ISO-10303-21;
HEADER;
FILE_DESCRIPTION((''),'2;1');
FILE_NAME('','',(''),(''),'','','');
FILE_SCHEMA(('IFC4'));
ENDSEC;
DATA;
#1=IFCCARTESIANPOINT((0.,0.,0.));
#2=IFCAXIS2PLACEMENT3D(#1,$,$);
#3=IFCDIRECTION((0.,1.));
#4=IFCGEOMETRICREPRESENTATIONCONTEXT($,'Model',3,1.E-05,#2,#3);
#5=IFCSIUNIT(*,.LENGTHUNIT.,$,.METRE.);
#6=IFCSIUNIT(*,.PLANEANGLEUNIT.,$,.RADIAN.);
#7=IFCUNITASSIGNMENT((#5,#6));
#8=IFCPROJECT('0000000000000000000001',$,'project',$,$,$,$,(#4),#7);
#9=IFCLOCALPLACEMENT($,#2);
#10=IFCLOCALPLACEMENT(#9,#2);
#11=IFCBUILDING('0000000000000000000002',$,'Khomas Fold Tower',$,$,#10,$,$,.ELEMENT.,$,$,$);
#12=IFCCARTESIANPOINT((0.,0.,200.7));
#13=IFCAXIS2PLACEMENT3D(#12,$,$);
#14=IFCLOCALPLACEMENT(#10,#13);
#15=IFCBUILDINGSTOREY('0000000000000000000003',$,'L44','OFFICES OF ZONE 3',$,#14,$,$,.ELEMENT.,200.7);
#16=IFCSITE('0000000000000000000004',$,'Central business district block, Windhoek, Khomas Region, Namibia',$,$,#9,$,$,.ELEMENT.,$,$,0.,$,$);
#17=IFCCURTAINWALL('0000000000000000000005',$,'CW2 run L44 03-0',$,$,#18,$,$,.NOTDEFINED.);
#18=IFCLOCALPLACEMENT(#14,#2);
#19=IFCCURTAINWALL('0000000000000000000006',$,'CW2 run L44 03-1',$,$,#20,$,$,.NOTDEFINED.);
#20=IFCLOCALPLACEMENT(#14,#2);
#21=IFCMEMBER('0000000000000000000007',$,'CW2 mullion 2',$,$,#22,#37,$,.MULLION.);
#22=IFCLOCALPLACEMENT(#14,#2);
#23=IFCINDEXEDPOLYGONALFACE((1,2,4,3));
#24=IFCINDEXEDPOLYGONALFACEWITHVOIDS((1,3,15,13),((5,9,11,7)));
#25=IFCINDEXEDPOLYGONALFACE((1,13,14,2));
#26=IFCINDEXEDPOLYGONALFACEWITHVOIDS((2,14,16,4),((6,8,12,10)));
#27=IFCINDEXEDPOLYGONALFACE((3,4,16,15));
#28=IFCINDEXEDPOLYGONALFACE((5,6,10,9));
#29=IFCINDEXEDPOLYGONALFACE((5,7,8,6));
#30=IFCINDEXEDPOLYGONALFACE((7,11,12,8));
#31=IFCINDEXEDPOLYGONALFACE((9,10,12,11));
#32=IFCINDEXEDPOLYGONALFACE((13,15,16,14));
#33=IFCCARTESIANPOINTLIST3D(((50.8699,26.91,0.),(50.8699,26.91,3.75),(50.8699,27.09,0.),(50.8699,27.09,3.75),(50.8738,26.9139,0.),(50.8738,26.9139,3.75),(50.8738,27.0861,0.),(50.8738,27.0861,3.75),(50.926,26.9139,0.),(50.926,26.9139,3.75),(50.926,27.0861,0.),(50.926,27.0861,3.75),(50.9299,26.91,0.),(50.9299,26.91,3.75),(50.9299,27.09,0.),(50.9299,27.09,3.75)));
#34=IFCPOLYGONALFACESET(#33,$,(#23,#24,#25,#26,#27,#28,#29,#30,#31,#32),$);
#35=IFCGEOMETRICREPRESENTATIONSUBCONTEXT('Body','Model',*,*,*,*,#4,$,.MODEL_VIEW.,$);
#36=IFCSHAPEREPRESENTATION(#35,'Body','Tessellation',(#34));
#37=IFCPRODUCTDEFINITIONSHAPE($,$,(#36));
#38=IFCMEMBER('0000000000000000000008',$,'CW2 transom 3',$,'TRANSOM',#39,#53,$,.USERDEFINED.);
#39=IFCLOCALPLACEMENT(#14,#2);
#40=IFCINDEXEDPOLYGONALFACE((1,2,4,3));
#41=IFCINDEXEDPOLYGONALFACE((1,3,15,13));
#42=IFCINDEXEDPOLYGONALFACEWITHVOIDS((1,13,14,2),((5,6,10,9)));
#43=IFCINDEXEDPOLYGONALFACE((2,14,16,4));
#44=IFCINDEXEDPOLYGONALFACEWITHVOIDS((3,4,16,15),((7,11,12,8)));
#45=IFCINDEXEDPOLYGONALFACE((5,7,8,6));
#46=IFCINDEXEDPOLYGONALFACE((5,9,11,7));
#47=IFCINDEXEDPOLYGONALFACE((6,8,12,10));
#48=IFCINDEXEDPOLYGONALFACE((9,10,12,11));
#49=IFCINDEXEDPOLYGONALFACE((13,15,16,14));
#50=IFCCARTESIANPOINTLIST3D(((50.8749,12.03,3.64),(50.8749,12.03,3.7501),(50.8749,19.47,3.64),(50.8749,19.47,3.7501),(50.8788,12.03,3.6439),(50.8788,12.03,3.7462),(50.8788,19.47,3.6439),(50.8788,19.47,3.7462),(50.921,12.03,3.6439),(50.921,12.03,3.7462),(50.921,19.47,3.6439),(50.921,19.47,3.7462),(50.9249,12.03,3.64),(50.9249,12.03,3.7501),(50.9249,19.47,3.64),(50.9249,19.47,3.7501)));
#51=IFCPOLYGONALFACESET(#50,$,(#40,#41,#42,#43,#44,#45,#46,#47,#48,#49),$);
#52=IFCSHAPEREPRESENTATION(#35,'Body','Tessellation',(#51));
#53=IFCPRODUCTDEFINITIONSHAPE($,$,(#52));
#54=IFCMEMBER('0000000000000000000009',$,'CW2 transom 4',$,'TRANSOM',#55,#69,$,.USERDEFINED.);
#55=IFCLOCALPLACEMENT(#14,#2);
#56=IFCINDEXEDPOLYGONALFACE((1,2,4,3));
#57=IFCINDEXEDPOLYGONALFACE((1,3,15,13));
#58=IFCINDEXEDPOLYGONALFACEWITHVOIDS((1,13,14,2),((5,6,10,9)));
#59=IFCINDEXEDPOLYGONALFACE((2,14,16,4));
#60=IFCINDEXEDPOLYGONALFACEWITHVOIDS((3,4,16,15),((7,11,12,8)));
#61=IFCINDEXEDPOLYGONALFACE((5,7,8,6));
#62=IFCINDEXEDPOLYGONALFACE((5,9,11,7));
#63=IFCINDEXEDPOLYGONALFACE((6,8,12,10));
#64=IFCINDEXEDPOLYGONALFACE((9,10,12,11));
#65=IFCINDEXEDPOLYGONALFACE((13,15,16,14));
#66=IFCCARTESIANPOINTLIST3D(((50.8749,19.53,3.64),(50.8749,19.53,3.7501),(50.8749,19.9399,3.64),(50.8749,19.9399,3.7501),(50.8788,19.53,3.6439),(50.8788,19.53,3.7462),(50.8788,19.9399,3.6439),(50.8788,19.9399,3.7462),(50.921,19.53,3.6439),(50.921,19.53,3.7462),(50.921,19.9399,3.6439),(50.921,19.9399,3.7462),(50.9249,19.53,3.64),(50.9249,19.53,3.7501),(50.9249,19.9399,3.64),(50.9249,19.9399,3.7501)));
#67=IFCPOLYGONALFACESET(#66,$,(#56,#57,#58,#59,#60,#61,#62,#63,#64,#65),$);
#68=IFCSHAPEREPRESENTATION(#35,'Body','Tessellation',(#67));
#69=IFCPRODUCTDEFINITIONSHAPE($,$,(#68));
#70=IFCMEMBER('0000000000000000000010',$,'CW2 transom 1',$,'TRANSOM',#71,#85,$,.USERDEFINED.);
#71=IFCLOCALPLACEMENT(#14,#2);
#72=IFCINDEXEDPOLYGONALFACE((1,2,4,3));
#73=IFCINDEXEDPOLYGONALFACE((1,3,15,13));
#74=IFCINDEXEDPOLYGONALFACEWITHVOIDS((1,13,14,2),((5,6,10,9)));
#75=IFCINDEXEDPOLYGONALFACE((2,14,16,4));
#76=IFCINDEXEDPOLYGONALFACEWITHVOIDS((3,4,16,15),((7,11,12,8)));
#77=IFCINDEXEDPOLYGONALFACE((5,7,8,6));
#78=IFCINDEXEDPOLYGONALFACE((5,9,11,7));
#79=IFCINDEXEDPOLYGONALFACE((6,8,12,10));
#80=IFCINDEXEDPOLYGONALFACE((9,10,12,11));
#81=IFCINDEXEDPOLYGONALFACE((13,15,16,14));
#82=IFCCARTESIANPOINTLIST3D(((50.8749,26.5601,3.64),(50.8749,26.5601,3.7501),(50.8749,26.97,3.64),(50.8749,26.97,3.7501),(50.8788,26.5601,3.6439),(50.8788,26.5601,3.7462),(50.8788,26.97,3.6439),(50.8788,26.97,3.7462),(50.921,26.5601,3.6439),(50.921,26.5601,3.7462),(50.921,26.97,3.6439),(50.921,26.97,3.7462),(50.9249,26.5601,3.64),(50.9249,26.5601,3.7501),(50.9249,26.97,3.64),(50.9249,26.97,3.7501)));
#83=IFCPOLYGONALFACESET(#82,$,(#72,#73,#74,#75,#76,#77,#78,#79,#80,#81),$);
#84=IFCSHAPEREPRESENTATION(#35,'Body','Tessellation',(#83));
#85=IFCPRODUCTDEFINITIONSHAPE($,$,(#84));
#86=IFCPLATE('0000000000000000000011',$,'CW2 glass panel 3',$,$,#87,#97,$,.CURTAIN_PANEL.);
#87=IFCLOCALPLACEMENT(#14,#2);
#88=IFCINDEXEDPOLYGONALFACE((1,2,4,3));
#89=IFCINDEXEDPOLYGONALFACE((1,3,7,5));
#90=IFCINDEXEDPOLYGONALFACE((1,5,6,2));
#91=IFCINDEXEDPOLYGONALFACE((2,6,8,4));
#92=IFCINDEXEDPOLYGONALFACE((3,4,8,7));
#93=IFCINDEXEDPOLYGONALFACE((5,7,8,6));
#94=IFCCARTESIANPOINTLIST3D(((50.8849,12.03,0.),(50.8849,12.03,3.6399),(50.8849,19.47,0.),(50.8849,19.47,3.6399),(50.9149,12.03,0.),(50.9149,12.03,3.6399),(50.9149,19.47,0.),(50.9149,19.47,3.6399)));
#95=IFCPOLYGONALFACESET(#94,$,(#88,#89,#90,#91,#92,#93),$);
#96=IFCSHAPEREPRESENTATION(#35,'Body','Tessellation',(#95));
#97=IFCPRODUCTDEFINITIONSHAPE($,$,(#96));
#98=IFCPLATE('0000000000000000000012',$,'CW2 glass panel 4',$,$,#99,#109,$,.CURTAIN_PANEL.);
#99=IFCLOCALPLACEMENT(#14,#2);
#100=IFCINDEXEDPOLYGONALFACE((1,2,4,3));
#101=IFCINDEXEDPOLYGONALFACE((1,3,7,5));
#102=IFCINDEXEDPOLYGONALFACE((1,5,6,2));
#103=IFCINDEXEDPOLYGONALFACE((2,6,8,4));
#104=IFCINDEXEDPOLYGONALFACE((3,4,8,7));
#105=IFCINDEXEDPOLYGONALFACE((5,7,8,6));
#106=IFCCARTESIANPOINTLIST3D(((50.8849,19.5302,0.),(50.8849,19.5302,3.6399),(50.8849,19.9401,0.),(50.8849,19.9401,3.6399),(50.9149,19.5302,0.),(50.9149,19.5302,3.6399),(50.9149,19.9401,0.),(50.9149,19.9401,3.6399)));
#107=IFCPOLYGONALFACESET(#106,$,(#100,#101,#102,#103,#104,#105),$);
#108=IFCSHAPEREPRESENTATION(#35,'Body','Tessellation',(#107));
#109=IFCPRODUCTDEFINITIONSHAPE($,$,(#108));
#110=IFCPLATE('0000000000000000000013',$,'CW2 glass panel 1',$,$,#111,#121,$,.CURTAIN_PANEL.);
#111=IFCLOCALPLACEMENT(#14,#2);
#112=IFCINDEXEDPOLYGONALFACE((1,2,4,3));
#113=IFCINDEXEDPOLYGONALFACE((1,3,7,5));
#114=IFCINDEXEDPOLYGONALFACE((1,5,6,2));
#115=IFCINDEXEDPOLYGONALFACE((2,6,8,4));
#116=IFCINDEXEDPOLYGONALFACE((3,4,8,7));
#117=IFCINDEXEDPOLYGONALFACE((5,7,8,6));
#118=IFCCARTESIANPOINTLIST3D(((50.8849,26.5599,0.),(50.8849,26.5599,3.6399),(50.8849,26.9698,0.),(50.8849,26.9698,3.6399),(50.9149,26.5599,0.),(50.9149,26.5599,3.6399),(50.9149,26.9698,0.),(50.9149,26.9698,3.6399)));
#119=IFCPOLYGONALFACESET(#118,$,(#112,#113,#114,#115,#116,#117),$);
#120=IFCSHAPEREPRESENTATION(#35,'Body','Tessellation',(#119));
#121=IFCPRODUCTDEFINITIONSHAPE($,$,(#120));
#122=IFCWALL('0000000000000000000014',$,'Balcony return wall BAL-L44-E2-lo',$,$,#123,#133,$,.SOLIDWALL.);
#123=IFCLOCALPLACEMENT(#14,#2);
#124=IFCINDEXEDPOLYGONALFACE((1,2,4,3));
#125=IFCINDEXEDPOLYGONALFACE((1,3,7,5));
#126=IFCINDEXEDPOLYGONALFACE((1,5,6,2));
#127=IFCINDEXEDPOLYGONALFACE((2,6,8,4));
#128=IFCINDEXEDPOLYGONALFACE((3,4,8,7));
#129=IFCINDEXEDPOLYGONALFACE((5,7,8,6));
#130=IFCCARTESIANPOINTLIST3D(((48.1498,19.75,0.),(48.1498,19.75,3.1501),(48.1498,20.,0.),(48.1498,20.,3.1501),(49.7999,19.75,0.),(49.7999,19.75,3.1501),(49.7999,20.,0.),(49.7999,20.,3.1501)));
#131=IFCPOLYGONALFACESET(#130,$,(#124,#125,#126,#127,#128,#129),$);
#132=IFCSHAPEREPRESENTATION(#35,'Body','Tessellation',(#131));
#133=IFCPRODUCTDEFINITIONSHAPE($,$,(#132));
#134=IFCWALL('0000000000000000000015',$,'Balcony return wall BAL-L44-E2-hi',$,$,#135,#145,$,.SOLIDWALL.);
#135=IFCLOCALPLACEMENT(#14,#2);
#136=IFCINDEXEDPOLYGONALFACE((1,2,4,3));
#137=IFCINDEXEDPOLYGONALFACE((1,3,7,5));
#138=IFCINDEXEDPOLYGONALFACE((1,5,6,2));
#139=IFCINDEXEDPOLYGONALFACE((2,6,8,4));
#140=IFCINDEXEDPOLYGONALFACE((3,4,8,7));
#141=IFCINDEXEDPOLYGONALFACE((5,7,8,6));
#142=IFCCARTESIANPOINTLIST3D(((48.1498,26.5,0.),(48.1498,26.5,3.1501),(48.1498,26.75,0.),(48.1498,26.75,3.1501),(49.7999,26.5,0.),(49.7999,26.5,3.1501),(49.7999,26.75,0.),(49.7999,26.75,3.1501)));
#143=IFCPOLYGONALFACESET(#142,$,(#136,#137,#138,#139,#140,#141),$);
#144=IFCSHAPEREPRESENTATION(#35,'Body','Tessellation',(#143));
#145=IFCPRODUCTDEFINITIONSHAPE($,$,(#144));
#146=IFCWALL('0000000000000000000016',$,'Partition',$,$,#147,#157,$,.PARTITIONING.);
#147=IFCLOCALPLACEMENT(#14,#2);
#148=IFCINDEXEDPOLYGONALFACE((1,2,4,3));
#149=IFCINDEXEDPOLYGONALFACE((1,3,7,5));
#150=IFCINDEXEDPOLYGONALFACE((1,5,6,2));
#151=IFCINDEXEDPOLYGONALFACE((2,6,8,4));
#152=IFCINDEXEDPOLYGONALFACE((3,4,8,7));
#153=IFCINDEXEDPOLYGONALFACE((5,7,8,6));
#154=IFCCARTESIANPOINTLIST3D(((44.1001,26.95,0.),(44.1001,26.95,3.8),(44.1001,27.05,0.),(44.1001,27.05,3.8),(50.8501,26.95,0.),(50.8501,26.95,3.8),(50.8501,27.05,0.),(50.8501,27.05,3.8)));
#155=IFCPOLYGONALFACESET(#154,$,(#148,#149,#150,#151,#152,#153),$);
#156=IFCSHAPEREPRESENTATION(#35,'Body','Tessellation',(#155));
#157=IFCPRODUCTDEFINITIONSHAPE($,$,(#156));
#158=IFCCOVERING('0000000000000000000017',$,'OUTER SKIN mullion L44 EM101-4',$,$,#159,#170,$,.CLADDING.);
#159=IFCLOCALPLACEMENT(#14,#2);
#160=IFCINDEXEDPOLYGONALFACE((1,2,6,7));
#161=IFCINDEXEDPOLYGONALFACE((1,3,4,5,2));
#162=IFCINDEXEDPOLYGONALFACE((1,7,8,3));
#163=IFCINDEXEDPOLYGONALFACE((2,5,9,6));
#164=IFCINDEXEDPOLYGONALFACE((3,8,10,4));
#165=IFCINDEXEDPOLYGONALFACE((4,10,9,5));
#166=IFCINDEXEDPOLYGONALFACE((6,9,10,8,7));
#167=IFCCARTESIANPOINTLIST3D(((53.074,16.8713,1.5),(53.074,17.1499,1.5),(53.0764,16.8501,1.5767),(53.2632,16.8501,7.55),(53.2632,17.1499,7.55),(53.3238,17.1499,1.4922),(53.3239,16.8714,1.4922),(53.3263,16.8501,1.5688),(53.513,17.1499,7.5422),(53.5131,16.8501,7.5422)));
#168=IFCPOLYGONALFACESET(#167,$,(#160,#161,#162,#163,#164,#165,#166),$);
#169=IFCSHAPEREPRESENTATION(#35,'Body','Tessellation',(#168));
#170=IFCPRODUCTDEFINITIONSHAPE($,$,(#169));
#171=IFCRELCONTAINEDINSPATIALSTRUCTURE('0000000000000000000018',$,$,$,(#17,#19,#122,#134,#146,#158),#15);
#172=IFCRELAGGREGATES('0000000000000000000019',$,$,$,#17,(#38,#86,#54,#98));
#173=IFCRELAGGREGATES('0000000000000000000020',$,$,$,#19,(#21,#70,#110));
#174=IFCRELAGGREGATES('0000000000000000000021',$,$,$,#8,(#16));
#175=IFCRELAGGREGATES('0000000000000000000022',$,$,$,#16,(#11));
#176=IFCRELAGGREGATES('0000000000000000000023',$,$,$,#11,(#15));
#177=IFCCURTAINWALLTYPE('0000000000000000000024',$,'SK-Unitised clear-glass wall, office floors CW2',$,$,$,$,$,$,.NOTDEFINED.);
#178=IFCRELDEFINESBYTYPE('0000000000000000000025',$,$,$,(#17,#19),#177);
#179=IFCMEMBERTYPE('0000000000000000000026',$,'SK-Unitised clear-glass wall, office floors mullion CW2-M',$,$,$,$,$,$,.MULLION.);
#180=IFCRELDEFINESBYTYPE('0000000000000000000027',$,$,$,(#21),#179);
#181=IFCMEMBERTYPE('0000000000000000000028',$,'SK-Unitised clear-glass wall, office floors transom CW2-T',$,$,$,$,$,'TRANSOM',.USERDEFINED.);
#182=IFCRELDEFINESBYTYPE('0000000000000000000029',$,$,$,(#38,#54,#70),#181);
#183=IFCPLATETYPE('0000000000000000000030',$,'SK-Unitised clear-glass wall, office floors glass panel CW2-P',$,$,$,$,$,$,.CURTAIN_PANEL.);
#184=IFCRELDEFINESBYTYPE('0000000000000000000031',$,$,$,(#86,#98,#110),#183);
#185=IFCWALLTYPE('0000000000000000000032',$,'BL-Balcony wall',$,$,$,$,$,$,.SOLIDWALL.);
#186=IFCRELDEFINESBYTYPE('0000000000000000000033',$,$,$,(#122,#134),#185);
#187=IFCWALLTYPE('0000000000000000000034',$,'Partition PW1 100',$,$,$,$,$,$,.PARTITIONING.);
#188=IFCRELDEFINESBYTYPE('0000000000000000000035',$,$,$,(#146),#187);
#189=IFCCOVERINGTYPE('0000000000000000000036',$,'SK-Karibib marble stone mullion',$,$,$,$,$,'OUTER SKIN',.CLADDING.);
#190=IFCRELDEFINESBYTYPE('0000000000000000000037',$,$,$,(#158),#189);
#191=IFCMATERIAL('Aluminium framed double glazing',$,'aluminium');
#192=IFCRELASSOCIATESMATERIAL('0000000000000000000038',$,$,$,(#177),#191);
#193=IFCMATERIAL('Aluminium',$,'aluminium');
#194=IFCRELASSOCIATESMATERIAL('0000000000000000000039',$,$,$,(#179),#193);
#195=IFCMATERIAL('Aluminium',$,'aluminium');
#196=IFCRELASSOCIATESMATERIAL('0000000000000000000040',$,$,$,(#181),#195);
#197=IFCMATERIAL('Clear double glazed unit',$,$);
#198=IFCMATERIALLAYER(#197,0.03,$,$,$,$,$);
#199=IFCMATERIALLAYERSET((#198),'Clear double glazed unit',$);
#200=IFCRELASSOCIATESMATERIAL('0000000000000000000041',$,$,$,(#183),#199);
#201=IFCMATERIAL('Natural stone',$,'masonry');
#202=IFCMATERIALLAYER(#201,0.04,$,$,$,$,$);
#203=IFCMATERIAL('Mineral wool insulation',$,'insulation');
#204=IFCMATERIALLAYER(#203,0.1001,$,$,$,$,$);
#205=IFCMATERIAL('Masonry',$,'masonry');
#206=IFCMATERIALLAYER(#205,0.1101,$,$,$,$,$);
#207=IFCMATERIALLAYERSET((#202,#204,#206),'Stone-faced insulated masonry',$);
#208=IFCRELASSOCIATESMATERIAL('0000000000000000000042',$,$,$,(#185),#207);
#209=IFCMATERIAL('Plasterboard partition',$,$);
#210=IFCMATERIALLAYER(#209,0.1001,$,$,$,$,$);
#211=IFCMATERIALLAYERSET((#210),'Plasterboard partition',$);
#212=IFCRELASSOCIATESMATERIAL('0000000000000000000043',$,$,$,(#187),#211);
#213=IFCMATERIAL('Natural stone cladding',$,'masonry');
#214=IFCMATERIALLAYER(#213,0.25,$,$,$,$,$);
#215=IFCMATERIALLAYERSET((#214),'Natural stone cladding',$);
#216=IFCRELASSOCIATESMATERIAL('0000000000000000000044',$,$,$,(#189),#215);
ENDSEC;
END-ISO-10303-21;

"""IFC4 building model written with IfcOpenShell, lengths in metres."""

from ifc_helpers import new_model, si_unit, direction, frame, frame_2d, origin, origin_2d, place, context, subcontext, project, spatial, polyline, rectangle, hollow_rectangle, outline, extrude, source, transform, mapped, material, layer, layer_set, material_profile, profile_set, type_object, element, aggregate, save


model = new_model("IFC4")

# Units and contexts
model_context = context("Model", 3, precision=1e-05, world=origin(), true_north=direction((0.0, 1.0)))
body_context = subcontext(model_context, "Body", "Model", "MODEL_VIEW")
ifc_project = project(units=[si_unit("LENGTHUNIT", "METRE"), si_unit("PLANEANGLEUNIT", "RADIAN")], contexts=[model_context])

# Site, building, storey
site_placement = place(None, origin())
site = spatial("IfcSite", under=ifc_project, at=site_placement, Name="Central business district block, Windhoek, Khomas Region, Namibia", CompositionType="ELEMENT", RefElevation=0.0)
building_placement = place(site_placement, origin())
building = spatial("IfcBuilding", under=site, at=building_placement, Name="Khomas Fold Tower", CompositionType="ELEMENT")
storey_placement = place(building_placement, frame((0.0, 0.0, 200.7)))
storey = spatial("IfcBuildingStorey", under=building, at=storey_placement, Name="L44", Description="OFFICES OF ZONE 3", CompositionType="ELEMENT", Elevation=200.7)

# Curtain walls, member
ifc_material_1 = material(Name="Aluminium framed double glazing", Category="aluminium")
curtain_wall_type = type_object("IfcCurtainWallType", Name="SK-Unitised clear-glass wall, office floors CW2", PredefinedType="NOTDEFINED", material=ifc_material_1)
curtain_wall_1_placement = place(storey_placement, origin())
curtain_wall_1 = element("IfcCurtainWall", 1, at=curtain_wall_1_placement, inside=storey, type_object=curtain_wall_type, Name="CW2 run L44 03-0", PredefinedType="NOTDEFINED")
ifc_material_2 = material(Name="Aluminium", Category="aluminium")
ifc_material_profile_1 = material_profile(ifc_material_2, hollow_rectangle(XDim=0.0601, YDim=0.1799, WallThickness=0.0039, at=origin_2d()), Name="SK-Unitised clear-glass wall, office floors mullion CW2-M")
ifc_profile_set_1 = profile_set([ifc_material_profile_1], Name="Aluminium")
member_type_1 = type_object("IfcMemberType", Name="SK-Unitised clear-glass wall, office floors mullion CW2-M", PredefinedType="MULLION", material=ifc_profile_set_1)
shared_shape_1 = source(origin(), body_context, "Body", "SweptSolid", [
    extrude(hollow_rectangle(XDim=0.0601, YDim=0.1799, WallThickness=0.0039, at=origin_2d()), origin(), (0.0, 0.0, 1.0), 3.75),
])
curtain_wall_2_placement = place(storey_placement, origin())
curtain_wall_2 = element("IfcCurtainWall", 2, at=curtain_wall_2_placement, inside=storey, type_object=curtain_wall_type, Name="CW2 run L44 03-1", PredefinedType="NOTDEFINED")
member_1_placement = place(storey_placement, frame((50.8999, 27.0, 0.0), z_axis=(0.0, 0.0, 1.0), x_axis=(-1.0, 0.0, 0.0)))
member_1 = element("IfcMember", 3, at=member_1_placement, type_object=member_type_1, Name="CW2 mullion 2", PredefinedType="MULLION", context=body_context, shape_type="MappedRepresentation", body=[
    mapped(shared_shape_1, transform((0.0, 0.0, 0.0))),
])

# Members
ifc_material_3 = material(Name="Aluminium", Category="aluminium")
ifc_material_profile_2 = material_profile(ifc_material_3, hollow_rectangle(XDim=0.05, YDim=0.1101, WallThickness=0.0039, at=origin_2d()), Name="SK-Unitised clear-glass wall, office floors transom CW2-T")
ifc_profile_set_2 = profile_set([ifc_material_profile_2], Name="Aluminium")
member_type_2 = type_object("IfcMemberType", Name="SK-Unitised clear-glass wall, office floors transom CW2-T", ElementType="TRANSOM", PredefinedType="USERDEFINED", material=ifc_profile_set_2)
shared_shape_2 = source(origin(), body_context, "Body", "SweptSolid", [
    extrude(hollow_rectangle(XDim=0.05, YDim=0.1101, WallThickness=0.0039, at=origin_2d()), origin(), (0.0, 0.0, 1.0), 7.4399),
])
member_2_placement = place(storey_placement, frame((50.8999, 12.03, 3.6951), z_axis=(0.0, 1.0, 0.0), x_axis=(-1.0, 0.0, 0.0)))
member_2 = element("IfcMember", 4, at=member_2_placement, type_object=member_type_2, Name="CW2 transom 3", ObjectType="TRANSOM", PredefinedType="USERDEFINED", context=body_context, shape_type="MappedRepresentation", body=[
    mapped(shared_shape_2, transform((0.0, 0.0, 0.0))),
])
shared_shape_3 = source(origin(), body_context, "Body", "SweptSolid", [
    extrude(hollow_rectangle(XDim=0.05, YDim=0.1101, WallThickness=0.0039, at=origin_2d()), origin(), (0.0, 0.0, 1.0), 0.4099),
])
member_3_placement = place(storey_placement, frame((50.8999, 19.53, 3.6951), z_axis=(0.0, 1.0, 0.0), x_axis=(-1.0, 0.0, 0.0)))
member_3 = element("IfcMember", 5, at=member_3_placement, type_object=member_type_2, Name="CW2 transom 4", ObjectType="TRANSOM", PredefinedType="USERDEFINED", context=body_context, shape_type="MappedRepresentation", body=[
    mapped(shared_shape_3, transform((0.0, 0.0, 0.0))),
])
member_4_placement = place(storey_placement, frame((50.8999, 26.5601, 3.6951), z_axis=(0.0, 1.0, 0.0), x_axis=(-1.0, 0.0, 0.0)))
member_4 = element("IfcMember", 6, at=member_4_placement, type_object=member_type_2, Name="CW2 transom 1", ObjectType="TRANSOM", PredefinedType="USERDEFINED", context=body_context, shape_type="MappedRepresentation", body=[
    mapped(shared_shape_3, transform((0.0, 0.0, 0.0))),
])

# Plates
ifc_material_4 = material(Name="Clear double glazed unit")
ifc_layer_1 = layer(ifc_material_4, 0.03)
ifc_layer_set_1 = layer_set([ifc_layer_1], Name="Clear double glazed unit")
plate_type = type_object("IfcPlateType", Name="SK-Unitised clear-glass wall, office floors glass panel CW2-P", PredefinedType="CURTAIN_PANEL", material=ifc_layer_set_1)
shared_shape_4 = source(origin(), body_context, "Body", "SweptSolid", [
    extrude(rectangle(XDim=7.4399, YDim=0.03, at=origin_2d()), origin(), (0.0, 0.0, 1.0), 3.6399),
])
plate_1_placement = place(storey_placement, frame((50.8999, 15.75, 0.0), z_axis=(0.0, 0.0, 1.0), x_axis=(0.0, 1.0, 0.0)))
plate_1 = element("IfcPlate", 7, at=plate_1_placement, type_object=plate_type, Name="CW2 glass panel 3", PredefinedType="CURTAIN_PANEL", context=body_context, shape_type="MappedRepresentation", body=[
    mapped(shared_shape_4, transform((0.0, 0.0, 0.0))),
])
shared_shape_5 = source(origin(), body_context, "Body", "SweptSolid", [
    extrude(rectangle(XDim=0.4099, YDim=0.03, at=origin_2d()), origin(), (0.0, 0.0, 1.0), 3.6399),
])
plate_2_placement = place(storey_placement, frame((50.8999, 19.7351, 0.0), z_axis=(0.0, 0.0, 1.0), x_axis=(0.0, 1.0, 0.0)))
plate_2 = element("IfcPlate", 8, at=plate_2_placement, type_object=plate_type, Name="CW2 glass panel 4", PredefinedType="CURTAIN_PANEL", context=body_context, shape_type="MappedRepresentation", body=[
    mapped(shared_shape_5, transform((0.0, 0.0, 0.0))),
])
aggregate(curtain_wall_1, [member_2, plate_1, member_3, plate_2])
plate_3_placement = place(storey_placement, frame((50.8999, 26.7649, 0.0), z_axis=(0.0, 0.0, 1.0), x_axis=(0.0, 1.0, 0.0)))
plate_3 = element("IfcPlate", 9, at=plate_3_placement, type_object=plate_type, Name="CW2 glass panel 1", PredefinedType="CURTAIN_PANEL", context=body_context, shape_type="MappedRepresentation", body=[
    mapped(shared_shape_5, transform((0.0, 0.0, 0.0))),
])
aggregate(curtain_wall_2, [member_1, member_4, plate_3])

# Shared definitions
ifc_material_5 = material(Name="Natural stone", Category="masonry")
ifc_layer_2 = layer(ifc_material_5, 0.04)
ifc_material_6 = material(Name="Mineral wool insulation", Category="insulation")
ifc_layer_3 = layer(ifc_material_6, 0.1001)
ifc_material_7 = material(Name="Masonry", Category="masonry")
ifc_layer_4 = layer(ifc_material_7, 0.1101)
ifc_layer_set_2 = layer_set([ifc_layer_2, ifc_layer_3, ifc_layer_4], Name="Stone-faced insulated masonry")
wall_type_1 = type_object("IfcWallType", Name="BL-Balcony wall", PredefinedType="SOLIDWALL", material=ifc_layer_set_2)

# Walls
shared_shape_6 = source(origin(), body_context, "Body", "SweptSolid", [
    extrude(rectangle(XDim=1.6501, YDim=0.25, at=frame_2d((0.8252, 0.0))), origin(), (0.0, 0.0, 1.0), 3.1501),
])
for number, where, z_axis, x_axis, name in (
    (10, (49.8, 19.875, 0.0), (0.0, 0.0, 1.0), (-1.0, 0.0, 0.0), "Balcony return wall BAL-L44-E2-lo"),
    (11, (49.8, 26.625, 0.0), (0.0, 0.0, 1.0), (-1.0, 0.0, 0.0), "Balcony return wall BAL-L44-E2-hi"),
):
    element("IfcWall", number, at=place(storey_placement, frame(where, z_axis=z_axis, x_axis=x_axis)), inside=storey, type_object=wall_type_1, Name=name, PredefinedType="SOLIDWALL", context=body_context, shape_type="MappedRepresentation", body=[
        mapped(shared_shape_6, transform((0.0, 0.0, 0.0))),
    ])
ifc_material_8 = material(Name="Plasterboard partition")
ifc_layer_5 = layer(ifc_material_8, 0.1001)
ifc_layer_set_3 = layer_set([ifc_layer_5], Name="Plasterboard partition")
wall_type_2 = type_object("IfcWallType", Name="Partition PW1 100", PredefinedType="PARTITIONING", material=ifc_layer_set_3)
shared_shape_7 = source(origin(), body_context, "Body", "SweptSolid", [
    extrude(rectangle(XDim=6.75, YDim=0.1001, at=frame_2d((3.375, 0.0))), origin(), (0.0, 0.0, 1.0), 3.8),
])
wall_1_placement = place(storey_placement, frame((44.1001, 27.0, 0.0), z_axis=(0.0, 0.0, 1.0), x_axis=(1.0, 0.0, 0.0)))
element("IfcWall", 12, at=wall_1_placement, inside=storey, type_object=wall_type_2, Name="Partition", PredefinedType="PARTITIONING", context=body_context, shape_type="MappedRepresentation", body=[
    mapped(shared_shape_7, transform((0.0, 0.0, 0.0))),
])

# Covering
ifc_material_9 = material(Name="Natural stone cladding", Category="masonry")
ifc_layer_6 = layer(ifc_material_9, 0.25)
ifc_layer_set_4 = layer_set([ifc_layer_6], Name="Natural stone cladding")
covering_type_1 = type_object("IfcCoveringType", Name="SK-Karibib marble stone mullion", ElementType="OUTER SKIN", PredefinedType="CLADDING", material=ifc_layer_set_4)
covering_1_placement = place(storey_placement, frame((53.2632, 16.8501, 7.55), z_axis=(-0.999511, -0.000073, 0.031258), x_axis=(-0.000073, 1.0, 0.000002)))
element("IfcCovering", 13, at=covering_1_placement, inside=storey, type_object=covering_type_1, Name="OUTER SKIN mullion L44 EM101-4", PredefinedType="CLADDING", context=body_context, shape_type="SweptSolid", body=[
    extrude(outline(polyline([(0.0, 0.0), (0.2998, 0.0), (0.2998, 6.053), (0.0212, 6.053), (0.0, 5.9763), (0.0, 0.0)])), origin(), (0.0, 0.0, -1.0), 0.25),
])

save(model, "model.ifc")
